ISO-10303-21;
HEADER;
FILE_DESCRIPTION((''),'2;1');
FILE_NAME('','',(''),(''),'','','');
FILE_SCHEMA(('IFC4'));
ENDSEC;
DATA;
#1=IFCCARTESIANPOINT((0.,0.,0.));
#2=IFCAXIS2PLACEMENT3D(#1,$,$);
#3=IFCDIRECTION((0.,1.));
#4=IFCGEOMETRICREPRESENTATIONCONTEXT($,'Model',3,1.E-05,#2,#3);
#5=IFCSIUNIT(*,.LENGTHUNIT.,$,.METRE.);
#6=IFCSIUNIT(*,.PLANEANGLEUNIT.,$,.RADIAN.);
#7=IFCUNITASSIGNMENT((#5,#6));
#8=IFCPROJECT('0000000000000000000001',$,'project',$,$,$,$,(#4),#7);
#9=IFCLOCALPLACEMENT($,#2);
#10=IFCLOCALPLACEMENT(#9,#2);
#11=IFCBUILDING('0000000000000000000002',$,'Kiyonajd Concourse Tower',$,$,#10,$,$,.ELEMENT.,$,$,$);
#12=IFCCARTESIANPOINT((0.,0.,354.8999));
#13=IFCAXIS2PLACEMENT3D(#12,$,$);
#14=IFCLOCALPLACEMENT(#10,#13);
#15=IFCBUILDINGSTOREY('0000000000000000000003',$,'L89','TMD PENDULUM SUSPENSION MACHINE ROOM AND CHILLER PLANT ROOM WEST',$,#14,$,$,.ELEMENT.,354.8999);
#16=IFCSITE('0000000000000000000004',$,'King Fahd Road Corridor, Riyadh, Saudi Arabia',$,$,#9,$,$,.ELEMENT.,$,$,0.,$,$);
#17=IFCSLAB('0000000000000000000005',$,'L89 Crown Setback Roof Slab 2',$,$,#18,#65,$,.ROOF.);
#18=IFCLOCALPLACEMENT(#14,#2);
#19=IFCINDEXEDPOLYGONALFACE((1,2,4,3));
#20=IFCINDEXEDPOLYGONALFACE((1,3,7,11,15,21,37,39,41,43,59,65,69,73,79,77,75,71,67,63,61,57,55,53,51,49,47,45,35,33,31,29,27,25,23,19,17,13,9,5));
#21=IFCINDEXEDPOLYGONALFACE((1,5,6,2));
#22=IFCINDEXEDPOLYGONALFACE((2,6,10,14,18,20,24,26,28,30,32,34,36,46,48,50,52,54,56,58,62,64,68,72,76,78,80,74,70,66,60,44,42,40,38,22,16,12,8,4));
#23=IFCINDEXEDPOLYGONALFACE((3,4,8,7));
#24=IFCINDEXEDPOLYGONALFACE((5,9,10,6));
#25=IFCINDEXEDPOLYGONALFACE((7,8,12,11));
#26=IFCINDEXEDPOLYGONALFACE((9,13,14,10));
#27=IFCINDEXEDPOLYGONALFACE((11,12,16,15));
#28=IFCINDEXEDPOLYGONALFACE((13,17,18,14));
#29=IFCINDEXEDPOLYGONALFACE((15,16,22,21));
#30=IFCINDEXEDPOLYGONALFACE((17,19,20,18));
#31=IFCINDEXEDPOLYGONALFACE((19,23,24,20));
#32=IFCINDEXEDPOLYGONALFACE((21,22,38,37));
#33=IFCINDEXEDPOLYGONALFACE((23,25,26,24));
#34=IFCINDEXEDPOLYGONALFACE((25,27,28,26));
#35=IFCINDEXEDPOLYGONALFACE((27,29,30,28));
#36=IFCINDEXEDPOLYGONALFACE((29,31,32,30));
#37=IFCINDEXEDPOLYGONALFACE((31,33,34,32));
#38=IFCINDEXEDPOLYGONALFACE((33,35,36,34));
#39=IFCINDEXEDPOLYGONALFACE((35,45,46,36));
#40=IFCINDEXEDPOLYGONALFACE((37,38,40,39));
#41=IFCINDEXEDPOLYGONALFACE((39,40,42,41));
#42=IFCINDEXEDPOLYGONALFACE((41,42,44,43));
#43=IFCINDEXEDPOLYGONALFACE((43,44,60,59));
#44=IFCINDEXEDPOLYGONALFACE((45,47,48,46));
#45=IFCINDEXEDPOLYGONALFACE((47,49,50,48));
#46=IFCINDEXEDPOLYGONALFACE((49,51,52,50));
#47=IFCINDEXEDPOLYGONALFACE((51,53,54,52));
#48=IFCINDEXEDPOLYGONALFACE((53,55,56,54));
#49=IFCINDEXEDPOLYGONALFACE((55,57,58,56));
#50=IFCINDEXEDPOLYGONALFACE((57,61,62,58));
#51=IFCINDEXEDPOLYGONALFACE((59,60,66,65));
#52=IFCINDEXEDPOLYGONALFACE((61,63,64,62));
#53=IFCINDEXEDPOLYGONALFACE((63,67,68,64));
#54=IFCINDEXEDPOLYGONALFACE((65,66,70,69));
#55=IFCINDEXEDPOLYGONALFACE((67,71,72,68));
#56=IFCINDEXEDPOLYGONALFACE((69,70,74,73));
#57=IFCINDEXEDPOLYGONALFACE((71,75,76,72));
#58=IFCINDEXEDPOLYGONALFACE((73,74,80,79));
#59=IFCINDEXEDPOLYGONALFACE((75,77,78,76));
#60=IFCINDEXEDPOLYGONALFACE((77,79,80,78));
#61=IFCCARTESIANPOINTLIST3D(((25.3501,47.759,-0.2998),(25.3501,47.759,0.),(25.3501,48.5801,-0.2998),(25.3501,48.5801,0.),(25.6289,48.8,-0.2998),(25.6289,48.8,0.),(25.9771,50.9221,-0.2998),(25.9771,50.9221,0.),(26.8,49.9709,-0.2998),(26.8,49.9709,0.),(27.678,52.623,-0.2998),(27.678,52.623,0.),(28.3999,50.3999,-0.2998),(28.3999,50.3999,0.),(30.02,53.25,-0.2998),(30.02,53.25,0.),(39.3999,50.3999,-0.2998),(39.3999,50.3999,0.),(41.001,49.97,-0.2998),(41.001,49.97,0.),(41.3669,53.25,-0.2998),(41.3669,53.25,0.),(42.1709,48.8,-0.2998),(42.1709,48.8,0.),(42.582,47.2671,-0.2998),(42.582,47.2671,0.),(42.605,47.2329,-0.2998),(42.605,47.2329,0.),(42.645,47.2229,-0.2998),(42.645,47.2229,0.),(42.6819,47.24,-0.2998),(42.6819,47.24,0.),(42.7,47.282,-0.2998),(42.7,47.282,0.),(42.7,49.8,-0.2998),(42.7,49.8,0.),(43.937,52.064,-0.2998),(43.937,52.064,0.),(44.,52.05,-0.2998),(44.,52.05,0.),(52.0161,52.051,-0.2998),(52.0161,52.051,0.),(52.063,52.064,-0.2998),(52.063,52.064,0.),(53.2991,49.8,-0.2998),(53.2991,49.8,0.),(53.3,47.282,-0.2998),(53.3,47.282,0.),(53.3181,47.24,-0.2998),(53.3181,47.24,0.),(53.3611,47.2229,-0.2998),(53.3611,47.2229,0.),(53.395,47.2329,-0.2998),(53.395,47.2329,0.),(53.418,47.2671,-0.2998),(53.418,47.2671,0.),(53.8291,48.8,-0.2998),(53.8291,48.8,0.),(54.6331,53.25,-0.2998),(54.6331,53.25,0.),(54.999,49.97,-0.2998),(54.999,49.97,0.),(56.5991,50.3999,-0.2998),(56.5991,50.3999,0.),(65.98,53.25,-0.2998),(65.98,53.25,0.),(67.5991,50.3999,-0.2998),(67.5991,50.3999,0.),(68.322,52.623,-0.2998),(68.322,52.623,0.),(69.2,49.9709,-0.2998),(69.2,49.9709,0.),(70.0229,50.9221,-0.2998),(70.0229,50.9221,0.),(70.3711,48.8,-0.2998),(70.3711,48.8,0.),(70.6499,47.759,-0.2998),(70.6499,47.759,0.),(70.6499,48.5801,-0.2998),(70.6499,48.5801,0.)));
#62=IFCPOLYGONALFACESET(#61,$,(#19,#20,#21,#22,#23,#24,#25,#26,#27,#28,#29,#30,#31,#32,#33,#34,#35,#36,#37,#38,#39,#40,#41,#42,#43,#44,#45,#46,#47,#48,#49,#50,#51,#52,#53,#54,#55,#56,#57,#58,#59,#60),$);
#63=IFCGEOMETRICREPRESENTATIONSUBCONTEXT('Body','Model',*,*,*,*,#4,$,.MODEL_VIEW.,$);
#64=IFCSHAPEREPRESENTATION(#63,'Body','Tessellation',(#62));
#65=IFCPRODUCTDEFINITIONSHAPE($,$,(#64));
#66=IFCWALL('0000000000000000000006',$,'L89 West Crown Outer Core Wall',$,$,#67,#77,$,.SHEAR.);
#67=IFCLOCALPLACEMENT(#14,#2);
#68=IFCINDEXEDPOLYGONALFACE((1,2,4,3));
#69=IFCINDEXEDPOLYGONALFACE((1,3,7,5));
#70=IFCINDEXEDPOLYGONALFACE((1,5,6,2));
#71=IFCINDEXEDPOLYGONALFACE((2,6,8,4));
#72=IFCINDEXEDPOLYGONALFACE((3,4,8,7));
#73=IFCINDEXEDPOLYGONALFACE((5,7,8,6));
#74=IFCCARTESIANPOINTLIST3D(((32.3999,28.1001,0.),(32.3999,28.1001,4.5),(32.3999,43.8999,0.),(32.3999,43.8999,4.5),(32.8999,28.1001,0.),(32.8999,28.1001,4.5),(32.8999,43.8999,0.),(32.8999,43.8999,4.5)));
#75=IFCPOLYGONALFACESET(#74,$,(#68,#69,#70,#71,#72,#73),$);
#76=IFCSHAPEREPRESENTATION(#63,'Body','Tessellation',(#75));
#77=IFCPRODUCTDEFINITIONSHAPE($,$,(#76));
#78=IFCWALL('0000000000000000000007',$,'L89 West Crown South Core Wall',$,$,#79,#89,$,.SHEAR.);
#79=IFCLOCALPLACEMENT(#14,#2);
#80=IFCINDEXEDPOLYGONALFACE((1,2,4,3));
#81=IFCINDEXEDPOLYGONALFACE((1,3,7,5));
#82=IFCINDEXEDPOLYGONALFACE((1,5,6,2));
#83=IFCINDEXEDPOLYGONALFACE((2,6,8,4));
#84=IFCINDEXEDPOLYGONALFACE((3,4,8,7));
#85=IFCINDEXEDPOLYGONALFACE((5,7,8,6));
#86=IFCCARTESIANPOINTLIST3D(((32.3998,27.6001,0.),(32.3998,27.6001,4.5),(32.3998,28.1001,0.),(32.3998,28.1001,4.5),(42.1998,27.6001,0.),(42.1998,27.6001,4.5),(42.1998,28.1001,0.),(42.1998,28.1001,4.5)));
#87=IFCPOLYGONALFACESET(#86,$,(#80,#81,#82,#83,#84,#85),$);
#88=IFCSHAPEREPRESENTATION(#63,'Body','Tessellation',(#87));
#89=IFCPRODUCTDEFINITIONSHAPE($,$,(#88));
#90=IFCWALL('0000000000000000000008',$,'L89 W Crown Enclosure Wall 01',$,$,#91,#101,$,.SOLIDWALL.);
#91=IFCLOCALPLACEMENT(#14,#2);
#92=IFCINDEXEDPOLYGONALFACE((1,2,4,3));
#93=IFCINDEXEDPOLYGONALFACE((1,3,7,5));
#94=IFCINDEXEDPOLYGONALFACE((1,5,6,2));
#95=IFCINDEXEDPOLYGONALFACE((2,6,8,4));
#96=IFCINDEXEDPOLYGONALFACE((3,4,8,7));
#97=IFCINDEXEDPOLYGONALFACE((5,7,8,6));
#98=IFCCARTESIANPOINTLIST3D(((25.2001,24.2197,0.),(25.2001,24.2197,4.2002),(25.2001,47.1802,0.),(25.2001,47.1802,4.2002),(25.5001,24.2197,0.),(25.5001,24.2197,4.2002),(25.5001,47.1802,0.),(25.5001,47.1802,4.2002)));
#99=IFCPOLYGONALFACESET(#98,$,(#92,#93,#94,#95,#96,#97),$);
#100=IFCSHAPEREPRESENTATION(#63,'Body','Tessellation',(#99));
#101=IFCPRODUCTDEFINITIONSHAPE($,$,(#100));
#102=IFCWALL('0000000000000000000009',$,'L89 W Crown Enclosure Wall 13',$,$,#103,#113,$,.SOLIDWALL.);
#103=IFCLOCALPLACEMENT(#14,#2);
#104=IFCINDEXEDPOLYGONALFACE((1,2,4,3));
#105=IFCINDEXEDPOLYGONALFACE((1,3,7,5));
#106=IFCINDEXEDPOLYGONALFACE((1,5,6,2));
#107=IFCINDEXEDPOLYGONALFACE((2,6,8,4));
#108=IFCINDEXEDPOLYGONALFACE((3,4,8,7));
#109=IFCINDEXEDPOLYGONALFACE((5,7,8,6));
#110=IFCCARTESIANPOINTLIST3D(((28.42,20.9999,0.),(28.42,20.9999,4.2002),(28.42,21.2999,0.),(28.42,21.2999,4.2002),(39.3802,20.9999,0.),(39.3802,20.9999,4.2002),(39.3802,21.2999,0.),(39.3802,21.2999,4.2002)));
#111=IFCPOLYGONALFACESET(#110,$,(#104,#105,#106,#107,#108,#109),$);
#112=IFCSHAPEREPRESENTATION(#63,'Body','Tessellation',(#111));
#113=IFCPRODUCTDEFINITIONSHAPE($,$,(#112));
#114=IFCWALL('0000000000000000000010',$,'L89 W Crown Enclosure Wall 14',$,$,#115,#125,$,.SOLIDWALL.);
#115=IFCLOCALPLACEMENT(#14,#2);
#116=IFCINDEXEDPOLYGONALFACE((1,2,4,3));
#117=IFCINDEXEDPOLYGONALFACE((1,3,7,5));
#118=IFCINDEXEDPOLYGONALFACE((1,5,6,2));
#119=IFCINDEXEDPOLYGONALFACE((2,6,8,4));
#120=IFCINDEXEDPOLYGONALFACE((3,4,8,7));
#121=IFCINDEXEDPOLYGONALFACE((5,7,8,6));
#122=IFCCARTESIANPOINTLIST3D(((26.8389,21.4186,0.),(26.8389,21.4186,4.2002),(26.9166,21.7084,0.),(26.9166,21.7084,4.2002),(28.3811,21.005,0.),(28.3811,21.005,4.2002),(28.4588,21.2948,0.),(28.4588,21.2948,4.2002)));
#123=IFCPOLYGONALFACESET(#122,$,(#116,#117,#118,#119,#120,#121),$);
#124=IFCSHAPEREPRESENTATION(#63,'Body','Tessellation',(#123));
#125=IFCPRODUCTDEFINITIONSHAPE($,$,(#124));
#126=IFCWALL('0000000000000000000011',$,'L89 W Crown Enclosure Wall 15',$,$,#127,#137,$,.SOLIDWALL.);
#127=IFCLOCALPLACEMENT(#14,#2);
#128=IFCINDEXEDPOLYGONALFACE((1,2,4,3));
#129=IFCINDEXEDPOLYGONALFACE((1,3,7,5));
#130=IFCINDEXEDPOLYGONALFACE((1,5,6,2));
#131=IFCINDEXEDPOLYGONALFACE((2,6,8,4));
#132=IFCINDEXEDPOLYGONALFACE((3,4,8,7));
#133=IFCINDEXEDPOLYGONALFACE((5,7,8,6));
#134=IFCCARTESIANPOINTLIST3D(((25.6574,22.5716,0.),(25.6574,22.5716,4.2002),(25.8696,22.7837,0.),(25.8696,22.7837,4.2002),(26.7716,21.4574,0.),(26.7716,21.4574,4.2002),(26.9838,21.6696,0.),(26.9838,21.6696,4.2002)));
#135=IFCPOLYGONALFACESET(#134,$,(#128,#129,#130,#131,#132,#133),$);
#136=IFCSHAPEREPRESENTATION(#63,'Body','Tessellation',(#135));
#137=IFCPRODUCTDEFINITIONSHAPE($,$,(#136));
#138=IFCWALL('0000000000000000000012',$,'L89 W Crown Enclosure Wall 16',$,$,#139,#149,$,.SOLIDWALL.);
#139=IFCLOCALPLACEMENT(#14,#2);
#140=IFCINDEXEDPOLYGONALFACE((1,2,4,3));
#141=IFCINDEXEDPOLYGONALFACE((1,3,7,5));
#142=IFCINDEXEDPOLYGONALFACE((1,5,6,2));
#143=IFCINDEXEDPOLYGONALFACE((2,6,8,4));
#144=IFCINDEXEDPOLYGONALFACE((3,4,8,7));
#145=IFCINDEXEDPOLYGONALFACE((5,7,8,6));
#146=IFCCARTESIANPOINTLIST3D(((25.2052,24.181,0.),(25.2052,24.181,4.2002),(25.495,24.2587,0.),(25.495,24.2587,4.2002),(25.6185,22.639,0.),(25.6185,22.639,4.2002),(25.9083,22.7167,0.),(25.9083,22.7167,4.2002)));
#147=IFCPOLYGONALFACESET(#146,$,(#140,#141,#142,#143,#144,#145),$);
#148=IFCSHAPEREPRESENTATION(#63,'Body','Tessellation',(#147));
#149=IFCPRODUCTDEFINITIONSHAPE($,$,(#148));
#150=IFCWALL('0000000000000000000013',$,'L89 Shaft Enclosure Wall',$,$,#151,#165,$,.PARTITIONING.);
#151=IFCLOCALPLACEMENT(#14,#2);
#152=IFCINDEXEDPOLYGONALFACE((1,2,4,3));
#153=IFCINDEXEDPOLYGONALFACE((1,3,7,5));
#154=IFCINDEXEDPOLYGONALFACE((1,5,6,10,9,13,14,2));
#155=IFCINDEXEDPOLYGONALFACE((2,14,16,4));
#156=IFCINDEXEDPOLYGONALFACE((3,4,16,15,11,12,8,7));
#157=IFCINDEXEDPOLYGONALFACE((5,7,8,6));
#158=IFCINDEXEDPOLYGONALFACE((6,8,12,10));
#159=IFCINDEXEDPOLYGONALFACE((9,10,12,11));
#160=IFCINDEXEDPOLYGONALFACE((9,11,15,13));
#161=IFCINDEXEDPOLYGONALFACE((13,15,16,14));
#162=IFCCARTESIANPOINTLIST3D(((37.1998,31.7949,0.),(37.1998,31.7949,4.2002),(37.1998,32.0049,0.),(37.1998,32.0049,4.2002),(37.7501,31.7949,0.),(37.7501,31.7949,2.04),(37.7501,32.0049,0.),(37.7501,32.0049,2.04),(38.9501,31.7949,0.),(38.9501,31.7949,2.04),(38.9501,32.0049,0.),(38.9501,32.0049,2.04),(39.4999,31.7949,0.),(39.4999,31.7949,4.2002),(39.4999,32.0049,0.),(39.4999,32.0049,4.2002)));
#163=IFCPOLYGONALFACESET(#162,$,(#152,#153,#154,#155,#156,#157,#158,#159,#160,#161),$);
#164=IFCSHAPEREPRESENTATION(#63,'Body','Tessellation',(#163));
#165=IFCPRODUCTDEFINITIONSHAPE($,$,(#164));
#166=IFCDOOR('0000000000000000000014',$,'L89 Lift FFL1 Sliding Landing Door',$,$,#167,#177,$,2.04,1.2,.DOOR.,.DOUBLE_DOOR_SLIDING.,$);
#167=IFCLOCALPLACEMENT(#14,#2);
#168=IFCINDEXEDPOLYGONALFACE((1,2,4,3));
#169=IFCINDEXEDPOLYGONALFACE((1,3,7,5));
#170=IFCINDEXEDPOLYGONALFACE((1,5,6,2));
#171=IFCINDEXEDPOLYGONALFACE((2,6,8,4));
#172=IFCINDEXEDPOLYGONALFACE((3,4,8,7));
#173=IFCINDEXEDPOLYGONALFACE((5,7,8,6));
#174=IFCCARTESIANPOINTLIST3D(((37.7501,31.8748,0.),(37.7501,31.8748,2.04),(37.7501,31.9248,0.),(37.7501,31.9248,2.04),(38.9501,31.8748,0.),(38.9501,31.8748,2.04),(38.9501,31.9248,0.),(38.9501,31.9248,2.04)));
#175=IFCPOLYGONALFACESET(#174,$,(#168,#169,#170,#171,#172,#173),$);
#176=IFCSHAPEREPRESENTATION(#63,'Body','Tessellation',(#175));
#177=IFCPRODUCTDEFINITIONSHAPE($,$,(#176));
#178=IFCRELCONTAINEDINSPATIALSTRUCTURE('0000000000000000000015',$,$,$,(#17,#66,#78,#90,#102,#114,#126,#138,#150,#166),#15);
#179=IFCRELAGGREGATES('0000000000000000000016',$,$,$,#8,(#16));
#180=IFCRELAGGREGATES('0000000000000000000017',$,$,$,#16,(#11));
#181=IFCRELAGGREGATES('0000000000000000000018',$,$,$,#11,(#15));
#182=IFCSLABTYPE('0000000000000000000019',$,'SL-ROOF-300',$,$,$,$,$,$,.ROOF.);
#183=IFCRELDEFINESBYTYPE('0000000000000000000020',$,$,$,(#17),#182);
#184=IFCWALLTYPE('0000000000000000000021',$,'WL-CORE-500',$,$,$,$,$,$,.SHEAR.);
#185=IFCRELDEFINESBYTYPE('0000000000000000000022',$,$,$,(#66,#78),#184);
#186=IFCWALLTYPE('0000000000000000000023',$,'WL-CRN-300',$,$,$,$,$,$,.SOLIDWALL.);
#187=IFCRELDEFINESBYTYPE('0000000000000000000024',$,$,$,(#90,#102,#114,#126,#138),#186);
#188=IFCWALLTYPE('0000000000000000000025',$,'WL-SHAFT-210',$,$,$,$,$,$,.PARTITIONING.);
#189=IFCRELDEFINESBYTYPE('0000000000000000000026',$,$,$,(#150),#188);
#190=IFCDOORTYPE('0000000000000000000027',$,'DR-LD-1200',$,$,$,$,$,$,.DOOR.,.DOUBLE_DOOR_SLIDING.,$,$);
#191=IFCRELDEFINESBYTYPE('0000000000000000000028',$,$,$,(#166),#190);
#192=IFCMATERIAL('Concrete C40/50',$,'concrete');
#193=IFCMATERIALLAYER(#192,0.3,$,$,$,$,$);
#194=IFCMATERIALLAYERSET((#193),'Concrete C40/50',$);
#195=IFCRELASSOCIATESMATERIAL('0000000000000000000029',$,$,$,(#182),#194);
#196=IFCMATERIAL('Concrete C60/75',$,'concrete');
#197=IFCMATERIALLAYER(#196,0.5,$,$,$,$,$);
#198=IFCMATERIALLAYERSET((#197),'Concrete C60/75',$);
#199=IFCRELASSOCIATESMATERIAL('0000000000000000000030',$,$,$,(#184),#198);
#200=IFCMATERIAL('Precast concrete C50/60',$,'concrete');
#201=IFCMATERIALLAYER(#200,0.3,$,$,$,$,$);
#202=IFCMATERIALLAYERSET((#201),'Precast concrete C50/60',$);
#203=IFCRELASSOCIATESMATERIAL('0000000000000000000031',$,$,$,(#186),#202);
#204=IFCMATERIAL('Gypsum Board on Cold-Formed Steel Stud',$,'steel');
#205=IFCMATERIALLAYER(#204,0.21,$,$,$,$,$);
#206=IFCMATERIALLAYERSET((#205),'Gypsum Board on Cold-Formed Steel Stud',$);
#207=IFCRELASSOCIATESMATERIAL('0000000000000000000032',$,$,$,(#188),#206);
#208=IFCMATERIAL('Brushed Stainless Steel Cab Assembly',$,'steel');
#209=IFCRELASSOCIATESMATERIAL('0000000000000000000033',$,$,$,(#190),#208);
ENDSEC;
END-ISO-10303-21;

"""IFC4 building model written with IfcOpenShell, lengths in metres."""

from ifc_helpers import new_model, si_unit, direction, frame, frame_2d, origin, place, context, subcontext, project, spatial, polyline, rectangle, outline, extrude, material, layer, layer_set, type_object, element, fill, save


model = new_model("IFC4")

# Units and contexts
model_context = context("Model", 3, precision=1e-05, world=origin(), true_north=direction((0.0, 1.0)))
body_context = subcontext(model_context, "Body", "Model", "MODEL_VIEW")
ifc_project = project(units=[si_unit("LENGTHUNIT", "METRE"), si_unit("PLANEANGLEUNIT", "RADIAN")], contexts=[model_context])

# Site, building, storey
site_placement = place(None, origin())
site = spatial("IfcSite", under=ifc_project, at=site_placement, Name="King Fahd Road Corridor, Riyadh, Saudi Arabia", CompositionType="ELEMENT", RefElevation=0.0)
building_placement = place(site_placement, origin())
building = spatial("IfcBuilding", under=site, at=building_placement, Name="Kiyonajd Concourse Tower", CompositionType="ELEMENT")
storey_placement = place(building_placement, frame((0.0, 0.0, 354.8999)))
storey = spatial("IfcBuildingStorey", under=building, at=storey_placement, Name="L89", Description="TMD PENDULUM SUSPENSION MACHINE ROOM AND CHILLER PLANT ROOM WEST", CompositionType="ELEMENT", Elevation=354.8999)

# Shared definitions
ifc_material_1 = material(Name="Concrete C40/50", Category="concrete")

# Slab
ifc_layer_1 = layer(ifc_material_1, 0.3)
ifc_layer_set_1 = layer_set([ifc_layer_1], Name="Concrete C40/50")
slab_type_1 = type_object("IfcSlabType", Name="SL-ROOF-300", PredefinedType="ROOF", material=ifc_layer_set_1)
slab_1_placement = place(storey_placement, frame((0.0, 0.0, -0.2998)))
element("IfcSlab", 1, at=slab_1_placement, inside=storey, type_object=slab_type_1, Name="L89 Crown Setback Roof Slab 2", PredefinedType="ROOF", context=body_context, shape_type="SweptSolid", body=[
    extrude(outline(polyline([(25.3501, 48.5801), (25.9771, 50.9221), (27.678, 52.623), (30.02, 53.25), (41.3669, 53.25), (43.937, 52.064), (44.0, 52.05), (52.0161, 52.051), (52.063, 52.064), (54.6331, 53.25), (65.98, 53.25), (68.322, 52.623), (70.0229, 50.9221), (70.6499, 48.5801), (70.6499, 47.759), (70.3711, 48.8), (69.2, 49.9709), (67.5991, 50.3999), (56.5991, 50.3999), (54.999, 49.97), (53.8291, 48.8), (53.418, 47.2671), (53.395, 47.2329), (53.3611, 47.2229), (53.3181, 47.24), (53.3, 47.282), (53.2991, 49.8), (42.7, 49.8), (42.7, 47.282), (42.6819, 47.24), (42.645, 47.2229), (42.605, 47.2329), (42.582, 47.2671), (42.1709, 48.8), (41.001, 49.97), (39.3999, 50.3999), (28.3999, 50.3999), (26.8, 49.9709), (25.6289, 48.8), (25.3501, 47.759), (25.3501, 48.5801)])), origin(), (0.0, 0.0, 1.0), 0.2998),
])

# Walls
ifc_material_2 = material(Name="Concrete C60/75", Category="concrete")
ifc_layer_2 = layer(ifc_material_2, 0.5)
ifc_layer_set_2 = layer_set([ifc_layer_2], Name="Concrete C60/75")
wall_type_1 = type_object("IfcWallType", Name="WL-CORE-500", PredefinedType="SHEAR", material=ifc_layer_set_2)
wall_1_placement = place(storey_placement, frame((32.6499, 28.1001, 0.0), z_axis=(0.0, 0.0, 1.0), x_axis=(0.0, 1.0, 0.0)))
element("IfcWall", 2, at=wall_1_placement, inside=storey, type_object=wall_type_1, Name="L89 West Crown Outer Core Wall", PredefinedType="SHEAR", context=body_context, shape_type="SweptSolid", body=[
    extrude(rectangle(XDim=15.7998, YDim=0.5, at=frame_2d((7.8999, 0.0))), origin(), (0.0, 0.0, 1.0), 4.5),
])
wall_2_placement = place(storey_placement, frame((32.3999, 27.8501, 0.0), z_axis=(0.0, 0.0, 1.0), x_axis=(1.0, 0.0, 0.0)))
element("IfcWall", 3, at=wall_2_placement, inside=storey, type_object=wall_type_1, Name="L89 West Crown South Core Wall", PredefinedType="SHEAR", context=body_context, shape_type="SweptSolid", body=[
    extrude(rectangle(XDim=9.8, YDim=0.5, at=frame_2d((4.8999, 0.0))), origin(), (0.0, 0.0, 1.0), 4.5),
])
ifc_material_3 = material(Name="Precast concrete C50/60", Category="concrete")
ifc_layer_3 = layer(ifc_material_3, 0.3)
ifc_layer_set_3 = layer_set([ifc_layer_3], Name="Precast concrete C50/60")
wall_type_2 = type_object("IfcWallType", Name="WL-CRN-300", PredefinedType="SOLIDWALL", material=ifc_layer_set_3)
wall_3_placement = place(storey_placement, frame((25.3501, 24.2197, 0.0), z_axis=(0.0, 0.0, 1.0), x_axis=(0.0, 1.0, 0.0)))
element("IfcWall", 4, at=wall_3_placement, inside=storey, type_object=wall_type_2, Name="L89 W Crown Enclosure Wall 01", PredefinedType="SOLIDWALL", context=body_context, shape_type="SweptSolid", body=[
    extrude(rectangle(XDim=22.9604, YDim=0.3, at=frame_2d((11.4802, 0.0))), origin(), (0.0, 0.0, 1.0), 4.2002),
])
wall_4_placement = place(storey_placement, frame((39.3801, 21.1499, 0.0), z_axis=(0.0, 0.0, 1.0), x_axis=(-1.0, 0.0, 0.0)))
element("IfcWall", 5, at=wall_4_placement, inside=storey, type_object=wall_type_2, Name="L89 W Crown Enclosure Wall 13", PredefinedType="SOLIDWALL", context=body_context, shape_type="SweptSolid", body=[
    extrude(rectangle(XDim=10.9602, YDim=0.3, at=frame_2d((5.48, 0.0))), origin(), (0.0, 0.0, 1.0), 4.2002),
])
wall_5_placement = place(storey_placement, frame((28.4199, 21.1499, 0.0), z_axis=(0.0, 0.0, 1.0), x_axis=(-0.965874, 0.259014, 0.0)))
element("IfcWall", 6, at=wall_5_placement, inside=storey, type_object=wall_type_2, Name="L89 W Crown Enclosure Wall 14", PredefinedType="SOLIDWALL", context=body_context, shape_type="SweptSolid", body=[
    extrude(rectangle(XDim=1.5967, YDim=0.3, at=frame_2d((0.7983, 0.0))), origin(), (0.0, 0.0, 1.0), 4.2002),
])
wall_6_placement = place(storey_placement, frame((26.8777, 21.5635, 0.0), z_axis=(0.0, 0.0, 1.0), x_axis=(-0.707107, 0.707107, 0.0)))
element("IfcWall", 7, at=wall_6_placement, inside=storey, type_object=wall_type_2, Name="L89 W Crown Enclosure Wall 15", PredefinedType="SOLIDWALL", context=body_context, shape_type="SweptSolid", body=[
    extrude(rectangle(XDim=1.5757, YDim=0.3, at=frame_2d((0.7878, 0.0))), origin(), (0.0, 0.0, 1.0), 4.2002),
])
wall_7_placement = place(storey_placement, frame((25.7634, 22.6777, 0.0), z_axis=(0.0, 0.0, 1.0), x_axis=(-0.258909, 0.965902, 0.0)))
element("IfcWall", 8, at=wall_7_placement, inside=storey, type_object=wall_type_2, Name="L89 W Crown Enclosure Wall 16", PredefinedType="SOLIDWALL", context=body_context, shape_type="SweptSolid", body=[
    extrude(rectangle(XDim=1.5964, YDim=0.3, at=frame_2d((0.7983, 0.0))), origin(), (0.0, 0.0, 1.0), 4.2002),
])

# Wall, opening, door
ifc_material_4 = material(Name="Gypsum Board on Cold-Formed Steel Stud", Category="steel")
ifc_layer_4 = layer(ifc_material_4, 0.21)
ifc_layer_set_4 = layer_set([ifc_layer_4], Name="Gypsum Board on Cold-Formed Steel Stud")
wall_type_3 = type_object("IfcWallType", Name="WL-SHAFT-210", PredefinedType="PARTITIONING", material=ifc_layer_set_4)
wall_8_placement = place(storey_placement, frame((37.2, 31.8999, 0.0), z_axis=(0.0, 0.0, 1.0), x_axis=(1.0, 0.0, 0.0)))
wall_8 = element("IfcWall", 9, at=wall_8_placement, inside=storey, type_object=wall_type_3, Name="L89 Shaft Enclosure Wall", PredefinedType="PARTITIONING", context=body_context, shape_type="SweptSolid", body=[
    extrude(rectangle(XDim=2.3, YDim=0.21, at=frame_2d((1.1499, 0.0))), origin(), (0.0, 0.0, 1.0), 4.2002),
])
opening_1_placement = place(wall_8_placement, frame((0.55, 0.0, 0.0)))
opening_1 = element("IfcOpeningElement", 10, at=opening_1_placement, cuts=wall_8, PredefinedType="OPENING", context=body_context, shape_type="SweptSolid", body=[
    extrude(rectangle(XDim=1.2, YDim=2.04, at=frame_2d((0.6001, 1.02))), frame((0.0, 0.115, 0.0), z_axis=(0.0, -1.0, 0.0), x_axis=(1.0, 0.0, 0.0)), (0.0, 0.0, 1.0), 0.23),
])
ifc_material_5 = material(Name="Brushed Stainless Steel Cab Assembly", Category="steel")
door_type_1 = type_object("IfcDoorType", Name="DR-LD-1200", OperationType="DOUBLE_DOOR_SLIDING", PredefinedType="DOOR", material=ifc_material_5)
door_1_placement = place(opening_1_placement, origin())
door_1 = element("IfcDoor", 11, at=door_1_placement, inside=storey, type_object=door_type_1, Name="L89 Lift FFL1 Sliding Landing Door", OperationType="DOUBLE_DOOR_SLIDING", OverallHeight=2.04, OverallWidth=1.2, PredefinedType="DOOR", context=body_context, shape_type="SweptSolid", body=[
    extrude(rectangle(XDim=1.2, YDim=2.04, at=frame_2d((0.6001, 1.02))), frame((0.0, 0.0249, 0.0), z_axis=(0.0, -1.0, 0.0), x_axis=(1.0, 0.0, 0.0)), (0.0, 0.0, 1.0), 0.05),
])
fill(opening_1, door_1)

save(model, "model.ifc")
